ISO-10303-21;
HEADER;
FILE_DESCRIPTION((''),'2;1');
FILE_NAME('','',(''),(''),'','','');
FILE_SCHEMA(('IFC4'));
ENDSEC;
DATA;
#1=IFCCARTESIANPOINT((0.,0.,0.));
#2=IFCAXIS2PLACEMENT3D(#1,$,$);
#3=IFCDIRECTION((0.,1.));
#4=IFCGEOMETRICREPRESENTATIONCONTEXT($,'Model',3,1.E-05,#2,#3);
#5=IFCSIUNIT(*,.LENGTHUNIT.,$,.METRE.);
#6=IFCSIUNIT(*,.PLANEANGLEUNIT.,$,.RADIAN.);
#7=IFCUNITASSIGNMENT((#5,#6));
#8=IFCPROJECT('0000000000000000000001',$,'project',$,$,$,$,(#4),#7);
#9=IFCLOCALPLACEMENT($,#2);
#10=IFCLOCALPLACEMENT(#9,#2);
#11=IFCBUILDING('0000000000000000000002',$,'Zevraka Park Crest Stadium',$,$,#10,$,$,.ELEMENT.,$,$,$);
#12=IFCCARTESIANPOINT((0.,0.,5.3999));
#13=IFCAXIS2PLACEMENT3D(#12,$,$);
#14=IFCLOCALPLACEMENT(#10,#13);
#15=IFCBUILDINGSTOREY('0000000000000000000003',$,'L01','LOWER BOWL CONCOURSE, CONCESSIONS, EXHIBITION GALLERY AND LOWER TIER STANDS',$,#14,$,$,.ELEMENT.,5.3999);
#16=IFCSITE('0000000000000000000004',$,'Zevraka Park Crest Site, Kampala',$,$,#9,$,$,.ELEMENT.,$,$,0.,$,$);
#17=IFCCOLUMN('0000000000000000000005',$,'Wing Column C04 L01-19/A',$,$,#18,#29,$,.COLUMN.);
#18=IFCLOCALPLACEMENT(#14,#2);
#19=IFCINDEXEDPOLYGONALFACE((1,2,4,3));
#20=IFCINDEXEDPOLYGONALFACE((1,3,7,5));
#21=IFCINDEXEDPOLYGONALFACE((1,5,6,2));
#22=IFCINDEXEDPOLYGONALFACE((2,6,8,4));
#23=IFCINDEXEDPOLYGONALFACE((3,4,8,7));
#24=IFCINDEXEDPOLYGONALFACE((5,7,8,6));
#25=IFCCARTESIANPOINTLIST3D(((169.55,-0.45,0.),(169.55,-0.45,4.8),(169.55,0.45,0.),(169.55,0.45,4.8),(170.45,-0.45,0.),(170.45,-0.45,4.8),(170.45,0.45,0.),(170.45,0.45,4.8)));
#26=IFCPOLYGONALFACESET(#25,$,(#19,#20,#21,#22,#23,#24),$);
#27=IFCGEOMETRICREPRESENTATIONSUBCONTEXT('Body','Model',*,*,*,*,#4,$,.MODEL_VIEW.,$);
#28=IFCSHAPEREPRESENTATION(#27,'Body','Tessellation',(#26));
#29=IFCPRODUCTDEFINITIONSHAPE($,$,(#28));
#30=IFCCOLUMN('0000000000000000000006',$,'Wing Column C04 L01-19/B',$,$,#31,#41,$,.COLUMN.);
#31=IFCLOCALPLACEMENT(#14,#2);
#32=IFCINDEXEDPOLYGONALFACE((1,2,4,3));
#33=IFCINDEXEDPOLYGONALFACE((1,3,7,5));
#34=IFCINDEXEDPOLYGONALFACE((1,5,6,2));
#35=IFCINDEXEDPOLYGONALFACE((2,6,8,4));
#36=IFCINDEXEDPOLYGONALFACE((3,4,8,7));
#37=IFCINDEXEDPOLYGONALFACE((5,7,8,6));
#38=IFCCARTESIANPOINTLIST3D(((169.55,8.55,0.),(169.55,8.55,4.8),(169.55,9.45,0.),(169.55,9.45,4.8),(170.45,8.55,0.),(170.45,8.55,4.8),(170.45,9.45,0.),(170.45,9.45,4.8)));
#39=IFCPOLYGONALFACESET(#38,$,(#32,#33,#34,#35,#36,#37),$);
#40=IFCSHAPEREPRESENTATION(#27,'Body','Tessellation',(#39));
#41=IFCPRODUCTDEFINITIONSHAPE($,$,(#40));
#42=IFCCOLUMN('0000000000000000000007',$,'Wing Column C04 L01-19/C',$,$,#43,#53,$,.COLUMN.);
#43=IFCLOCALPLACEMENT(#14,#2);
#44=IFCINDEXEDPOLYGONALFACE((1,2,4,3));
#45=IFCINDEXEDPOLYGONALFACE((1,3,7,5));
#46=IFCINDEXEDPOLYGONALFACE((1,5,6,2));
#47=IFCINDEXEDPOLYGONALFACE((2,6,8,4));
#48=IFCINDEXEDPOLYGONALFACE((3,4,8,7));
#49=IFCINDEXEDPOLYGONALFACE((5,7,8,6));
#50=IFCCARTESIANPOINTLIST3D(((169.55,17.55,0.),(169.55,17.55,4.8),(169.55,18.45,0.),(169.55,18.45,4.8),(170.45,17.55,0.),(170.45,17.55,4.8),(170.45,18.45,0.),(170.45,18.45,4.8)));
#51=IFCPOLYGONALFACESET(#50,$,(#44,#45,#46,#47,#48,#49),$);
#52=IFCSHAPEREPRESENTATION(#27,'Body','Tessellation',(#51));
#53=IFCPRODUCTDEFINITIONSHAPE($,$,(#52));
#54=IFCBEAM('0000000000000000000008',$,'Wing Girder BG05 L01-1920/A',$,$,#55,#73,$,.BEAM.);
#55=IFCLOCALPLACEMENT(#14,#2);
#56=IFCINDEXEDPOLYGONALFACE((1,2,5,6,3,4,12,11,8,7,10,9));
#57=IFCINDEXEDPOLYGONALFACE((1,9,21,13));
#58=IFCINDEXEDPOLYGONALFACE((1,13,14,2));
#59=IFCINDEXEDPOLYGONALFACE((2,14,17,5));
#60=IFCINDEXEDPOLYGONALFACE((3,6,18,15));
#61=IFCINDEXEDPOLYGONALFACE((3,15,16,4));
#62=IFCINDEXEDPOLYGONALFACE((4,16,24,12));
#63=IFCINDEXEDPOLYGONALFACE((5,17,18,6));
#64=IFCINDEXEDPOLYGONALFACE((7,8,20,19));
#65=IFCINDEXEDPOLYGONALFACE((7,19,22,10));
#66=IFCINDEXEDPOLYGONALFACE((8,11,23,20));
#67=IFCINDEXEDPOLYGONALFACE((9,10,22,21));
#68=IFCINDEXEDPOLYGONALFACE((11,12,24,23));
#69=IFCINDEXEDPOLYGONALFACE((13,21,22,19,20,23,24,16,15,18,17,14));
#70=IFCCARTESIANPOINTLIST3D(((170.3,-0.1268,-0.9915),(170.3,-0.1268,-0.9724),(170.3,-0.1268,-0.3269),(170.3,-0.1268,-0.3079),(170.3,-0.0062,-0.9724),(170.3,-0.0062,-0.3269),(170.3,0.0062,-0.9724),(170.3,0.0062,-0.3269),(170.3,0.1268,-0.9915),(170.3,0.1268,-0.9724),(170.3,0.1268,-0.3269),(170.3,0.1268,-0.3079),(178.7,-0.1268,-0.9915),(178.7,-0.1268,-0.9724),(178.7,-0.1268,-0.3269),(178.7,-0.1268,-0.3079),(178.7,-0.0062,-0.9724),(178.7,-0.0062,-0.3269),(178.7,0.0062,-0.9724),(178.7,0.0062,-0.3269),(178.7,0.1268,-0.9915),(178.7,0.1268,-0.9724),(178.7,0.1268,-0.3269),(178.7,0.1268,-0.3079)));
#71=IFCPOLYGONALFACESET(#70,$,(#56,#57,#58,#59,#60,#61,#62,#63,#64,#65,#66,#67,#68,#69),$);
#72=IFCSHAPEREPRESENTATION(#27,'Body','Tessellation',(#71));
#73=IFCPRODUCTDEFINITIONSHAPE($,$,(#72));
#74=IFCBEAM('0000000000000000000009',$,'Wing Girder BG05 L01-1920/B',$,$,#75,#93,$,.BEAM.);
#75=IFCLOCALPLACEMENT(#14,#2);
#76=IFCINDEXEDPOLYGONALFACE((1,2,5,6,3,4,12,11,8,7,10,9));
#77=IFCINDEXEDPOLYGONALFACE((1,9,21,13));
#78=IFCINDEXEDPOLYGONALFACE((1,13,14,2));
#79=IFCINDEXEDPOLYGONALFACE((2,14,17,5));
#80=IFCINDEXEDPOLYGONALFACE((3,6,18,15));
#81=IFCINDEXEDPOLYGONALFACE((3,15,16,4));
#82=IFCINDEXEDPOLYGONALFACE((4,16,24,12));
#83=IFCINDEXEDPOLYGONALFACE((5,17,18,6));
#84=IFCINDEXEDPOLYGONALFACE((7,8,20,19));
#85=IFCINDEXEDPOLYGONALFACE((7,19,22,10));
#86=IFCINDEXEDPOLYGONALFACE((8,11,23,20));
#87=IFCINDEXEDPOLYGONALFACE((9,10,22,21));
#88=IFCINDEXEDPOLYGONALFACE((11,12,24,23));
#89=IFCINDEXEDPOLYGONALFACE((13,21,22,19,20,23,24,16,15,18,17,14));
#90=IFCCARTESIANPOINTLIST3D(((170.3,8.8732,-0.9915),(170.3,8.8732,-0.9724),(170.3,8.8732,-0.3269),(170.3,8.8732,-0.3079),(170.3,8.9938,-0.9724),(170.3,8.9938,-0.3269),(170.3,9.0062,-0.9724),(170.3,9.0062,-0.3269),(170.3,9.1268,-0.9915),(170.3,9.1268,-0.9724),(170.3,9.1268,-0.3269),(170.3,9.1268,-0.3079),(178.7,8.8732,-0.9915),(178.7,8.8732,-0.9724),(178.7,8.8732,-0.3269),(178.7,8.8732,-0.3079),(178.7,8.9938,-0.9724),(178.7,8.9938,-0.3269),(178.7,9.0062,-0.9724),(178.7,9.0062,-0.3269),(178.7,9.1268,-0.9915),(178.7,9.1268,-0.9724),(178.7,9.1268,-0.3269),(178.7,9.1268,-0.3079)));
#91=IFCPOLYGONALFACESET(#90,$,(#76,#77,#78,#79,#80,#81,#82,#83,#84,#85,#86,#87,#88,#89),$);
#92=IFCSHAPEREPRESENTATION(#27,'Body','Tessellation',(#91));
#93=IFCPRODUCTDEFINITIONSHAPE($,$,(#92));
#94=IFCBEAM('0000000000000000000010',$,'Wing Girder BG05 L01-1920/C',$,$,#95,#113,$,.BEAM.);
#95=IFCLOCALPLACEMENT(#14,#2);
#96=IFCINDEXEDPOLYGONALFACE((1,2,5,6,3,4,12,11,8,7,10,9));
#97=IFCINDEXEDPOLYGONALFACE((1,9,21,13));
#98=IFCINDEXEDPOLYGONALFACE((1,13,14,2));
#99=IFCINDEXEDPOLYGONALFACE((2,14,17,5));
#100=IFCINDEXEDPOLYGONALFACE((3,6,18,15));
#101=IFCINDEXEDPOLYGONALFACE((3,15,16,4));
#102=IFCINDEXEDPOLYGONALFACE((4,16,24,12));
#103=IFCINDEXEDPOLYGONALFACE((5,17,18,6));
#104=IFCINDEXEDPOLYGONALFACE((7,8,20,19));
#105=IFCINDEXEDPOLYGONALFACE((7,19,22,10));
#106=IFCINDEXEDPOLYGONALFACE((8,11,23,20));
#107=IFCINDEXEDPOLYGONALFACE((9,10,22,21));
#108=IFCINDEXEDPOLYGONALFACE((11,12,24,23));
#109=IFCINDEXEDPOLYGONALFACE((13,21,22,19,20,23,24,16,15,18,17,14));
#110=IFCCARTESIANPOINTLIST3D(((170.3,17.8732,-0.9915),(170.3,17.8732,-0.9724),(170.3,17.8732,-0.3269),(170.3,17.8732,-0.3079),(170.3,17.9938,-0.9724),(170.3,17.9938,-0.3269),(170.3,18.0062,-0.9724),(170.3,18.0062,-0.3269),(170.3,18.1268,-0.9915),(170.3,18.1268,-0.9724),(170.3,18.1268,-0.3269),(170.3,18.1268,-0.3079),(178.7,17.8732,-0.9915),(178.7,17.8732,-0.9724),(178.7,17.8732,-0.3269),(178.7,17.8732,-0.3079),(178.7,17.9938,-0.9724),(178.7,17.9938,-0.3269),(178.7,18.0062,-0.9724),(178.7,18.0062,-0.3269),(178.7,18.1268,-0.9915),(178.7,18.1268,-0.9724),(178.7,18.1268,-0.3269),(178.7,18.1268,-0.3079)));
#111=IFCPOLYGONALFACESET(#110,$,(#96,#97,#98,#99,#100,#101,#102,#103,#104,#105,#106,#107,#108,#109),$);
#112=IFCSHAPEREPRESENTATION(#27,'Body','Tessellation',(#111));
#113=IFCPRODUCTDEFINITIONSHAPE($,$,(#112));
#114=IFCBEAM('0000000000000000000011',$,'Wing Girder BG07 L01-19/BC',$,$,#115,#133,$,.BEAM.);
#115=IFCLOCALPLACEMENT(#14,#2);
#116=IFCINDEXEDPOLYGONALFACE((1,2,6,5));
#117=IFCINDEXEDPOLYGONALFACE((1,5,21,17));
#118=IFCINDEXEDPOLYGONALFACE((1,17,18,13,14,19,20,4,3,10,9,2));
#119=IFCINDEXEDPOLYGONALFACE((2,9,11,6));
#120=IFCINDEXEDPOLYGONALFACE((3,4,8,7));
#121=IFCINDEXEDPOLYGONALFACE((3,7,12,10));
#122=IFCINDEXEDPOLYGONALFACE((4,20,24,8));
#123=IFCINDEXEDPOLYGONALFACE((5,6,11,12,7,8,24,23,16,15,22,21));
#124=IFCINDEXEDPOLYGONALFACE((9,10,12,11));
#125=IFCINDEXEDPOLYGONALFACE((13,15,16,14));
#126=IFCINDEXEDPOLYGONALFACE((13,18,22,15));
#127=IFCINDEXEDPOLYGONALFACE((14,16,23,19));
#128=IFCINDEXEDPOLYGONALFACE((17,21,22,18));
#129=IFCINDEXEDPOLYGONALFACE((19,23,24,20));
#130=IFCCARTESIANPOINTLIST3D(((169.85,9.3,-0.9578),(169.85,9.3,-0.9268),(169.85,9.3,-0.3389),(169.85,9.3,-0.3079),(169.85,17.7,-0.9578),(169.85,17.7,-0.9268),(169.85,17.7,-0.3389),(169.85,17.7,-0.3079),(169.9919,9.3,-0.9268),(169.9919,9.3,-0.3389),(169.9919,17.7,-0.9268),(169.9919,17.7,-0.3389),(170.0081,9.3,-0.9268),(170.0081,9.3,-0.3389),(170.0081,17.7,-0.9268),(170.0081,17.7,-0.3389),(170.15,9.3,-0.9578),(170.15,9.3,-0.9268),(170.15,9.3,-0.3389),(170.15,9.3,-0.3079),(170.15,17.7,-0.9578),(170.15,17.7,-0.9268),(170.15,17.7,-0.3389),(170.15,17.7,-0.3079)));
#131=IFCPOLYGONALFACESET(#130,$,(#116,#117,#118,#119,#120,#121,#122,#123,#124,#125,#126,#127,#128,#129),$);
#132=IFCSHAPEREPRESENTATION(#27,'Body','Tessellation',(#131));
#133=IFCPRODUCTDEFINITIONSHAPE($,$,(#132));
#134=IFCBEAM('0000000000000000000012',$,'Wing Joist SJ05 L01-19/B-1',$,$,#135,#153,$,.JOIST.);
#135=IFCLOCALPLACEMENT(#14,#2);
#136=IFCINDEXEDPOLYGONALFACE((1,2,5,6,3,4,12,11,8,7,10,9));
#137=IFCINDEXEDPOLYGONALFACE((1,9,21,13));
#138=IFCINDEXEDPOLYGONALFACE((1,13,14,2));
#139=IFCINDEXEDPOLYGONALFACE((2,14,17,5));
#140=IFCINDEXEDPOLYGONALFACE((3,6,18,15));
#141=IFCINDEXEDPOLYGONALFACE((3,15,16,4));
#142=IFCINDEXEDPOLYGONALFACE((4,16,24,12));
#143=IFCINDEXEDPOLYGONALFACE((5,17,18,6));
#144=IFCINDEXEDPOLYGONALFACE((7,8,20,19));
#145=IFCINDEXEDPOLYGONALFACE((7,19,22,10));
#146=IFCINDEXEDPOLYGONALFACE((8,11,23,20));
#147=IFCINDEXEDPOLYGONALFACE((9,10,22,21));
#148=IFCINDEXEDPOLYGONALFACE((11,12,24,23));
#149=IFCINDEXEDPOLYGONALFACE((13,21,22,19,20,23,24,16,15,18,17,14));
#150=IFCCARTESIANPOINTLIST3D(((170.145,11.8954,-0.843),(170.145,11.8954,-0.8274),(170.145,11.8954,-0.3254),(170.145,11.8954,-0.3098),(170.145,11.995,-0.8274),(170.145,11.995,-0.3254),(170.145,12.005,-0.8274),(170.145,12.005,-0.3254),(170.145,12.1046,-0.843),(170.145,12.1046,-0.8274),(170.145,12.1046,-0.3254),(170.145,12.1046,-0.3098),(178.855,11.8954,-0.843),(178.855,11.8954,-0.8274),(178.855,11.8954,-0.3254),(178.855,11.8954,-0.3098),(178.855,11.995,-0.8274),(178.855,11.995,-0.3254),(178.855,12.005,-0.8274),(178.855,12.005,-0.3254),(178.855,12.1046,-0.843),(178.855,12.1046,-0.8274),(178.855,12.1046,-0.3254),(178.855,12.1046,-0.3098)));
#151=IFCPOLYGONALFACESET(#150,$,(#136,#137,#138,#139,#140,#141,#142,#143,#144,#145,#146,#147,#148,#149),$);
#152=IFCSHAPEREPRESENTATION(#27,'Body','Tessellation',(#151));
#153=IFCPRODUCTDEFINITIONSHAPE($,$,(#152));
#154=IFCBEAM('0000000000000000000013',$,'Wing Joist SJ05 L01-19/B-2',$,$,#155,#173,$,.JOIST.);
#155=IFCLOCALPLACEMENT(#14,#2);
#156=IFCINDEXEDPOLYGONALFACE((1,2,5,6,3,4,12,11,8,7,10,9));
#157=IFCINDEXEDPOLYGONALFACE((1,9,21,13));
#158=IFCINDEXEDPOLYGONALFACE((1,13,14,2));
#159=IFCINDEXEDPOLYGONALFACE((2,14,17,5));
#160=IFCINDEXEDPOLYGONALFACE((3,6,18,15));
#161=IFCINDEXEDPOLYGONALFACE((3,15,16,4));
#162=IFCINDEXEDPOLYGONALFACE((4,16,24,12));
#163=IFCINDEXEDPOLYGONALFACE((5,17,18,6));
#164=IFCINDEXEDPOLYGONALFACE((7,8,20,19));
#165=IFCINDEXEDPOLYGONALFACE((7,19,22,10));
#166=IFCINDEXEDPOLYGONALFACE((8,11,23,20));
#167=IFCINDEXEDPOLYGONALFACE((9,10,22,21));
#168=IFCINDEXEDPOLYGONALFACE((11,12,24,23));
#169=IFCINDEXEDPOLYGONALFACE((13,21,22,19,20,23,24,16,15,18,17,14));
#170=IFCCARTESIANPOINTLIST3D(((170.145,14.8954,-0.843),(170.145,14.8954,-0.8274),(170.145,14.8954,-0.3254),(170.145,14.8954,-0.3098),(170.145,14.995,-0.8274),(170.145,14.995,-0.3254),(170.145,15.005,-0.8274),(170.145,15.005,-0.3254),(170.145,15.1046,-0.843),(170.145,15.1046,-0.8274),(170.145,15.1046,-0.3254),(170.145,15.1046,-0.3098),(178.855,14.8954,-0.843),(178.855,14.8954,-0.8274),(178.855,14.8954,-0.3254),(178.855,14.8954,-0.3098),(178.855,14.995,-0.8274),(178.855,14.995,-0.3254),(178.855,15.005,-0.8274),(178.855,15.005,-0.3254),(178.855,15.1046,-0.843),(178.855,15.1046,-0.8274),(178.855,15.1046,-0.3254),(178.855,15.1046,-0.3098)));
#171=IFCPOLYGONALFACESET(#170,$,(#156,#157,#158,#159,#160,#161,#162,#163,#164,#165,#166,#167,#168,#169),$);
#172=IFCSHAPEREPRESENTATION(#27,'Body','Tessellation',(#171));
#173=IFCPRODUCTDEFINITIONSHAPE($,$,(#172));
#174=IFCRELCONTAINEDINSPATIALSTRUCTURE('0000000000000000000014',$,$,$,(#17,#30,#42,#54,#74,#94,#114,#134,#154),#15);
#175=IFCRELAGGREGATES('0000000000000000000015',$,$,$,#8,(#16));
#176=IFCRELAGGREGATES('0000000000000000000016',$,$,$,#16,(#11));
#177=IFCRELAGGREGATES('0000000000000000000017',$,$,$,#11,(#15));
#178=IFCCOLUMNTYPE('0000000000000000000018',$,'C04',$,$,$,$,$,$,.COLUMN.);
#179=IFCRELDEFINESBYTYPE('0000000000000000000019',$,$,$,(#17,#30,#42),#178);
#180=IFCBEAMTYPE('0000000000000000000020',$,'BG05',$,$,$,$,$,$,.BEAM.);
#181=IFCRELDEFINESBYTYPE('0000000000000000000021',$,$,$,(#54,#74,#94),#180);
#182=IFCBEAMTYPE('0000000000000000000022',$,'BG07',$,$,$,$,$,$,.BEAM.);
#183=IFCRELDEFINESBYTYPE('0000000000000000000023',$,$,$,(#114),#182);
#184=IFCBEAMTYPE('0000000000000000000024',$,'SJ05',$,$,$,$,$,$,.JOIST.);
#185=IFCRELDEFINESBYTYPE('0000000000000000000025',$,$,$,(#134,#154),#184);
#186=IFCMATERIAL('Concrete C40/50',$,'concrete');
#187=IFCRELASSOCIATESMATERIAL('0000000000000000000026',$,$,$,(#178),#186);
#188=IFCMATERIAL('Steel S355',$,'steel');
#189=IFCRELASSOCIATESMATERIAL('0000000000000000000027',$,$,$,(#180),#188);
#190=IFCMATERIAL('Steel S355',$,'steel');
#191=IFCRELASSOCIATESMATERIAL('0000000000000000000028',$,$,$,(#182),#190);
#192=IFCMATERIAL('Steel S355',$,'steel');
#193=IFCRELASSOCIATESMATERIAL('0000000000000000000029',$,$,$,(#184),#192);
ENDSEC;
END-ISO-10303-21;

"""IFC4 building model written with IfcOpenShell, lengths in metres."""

from ifc_helpers import new_model, si_unit, direction, frame, origin, origin_2d, place, context, subcontext, project, spatial, rectangle, i_section, extrude, material, material_profile, profile_set, type_object, element, save


model = new_model("IFC4")

# Units and contexts
model_context = context("Model", 3, precision=1e-05, world=origin(), true_north=direction((0.0, 1.0)))
body_context = subcontext(model_context, "Body", "Model", "MODEL_VIEW")
ifc_project = project(units=[si_unit("LENGTHUNIT", "METRE"), si_unit("PLANEANGLEUNIT", "RADIAN")], contexts=[model_context])

# Site, building, storey
site_placement = place(None, origin())
site = spatial("IfcSite", under=ifc_project, at=site_placement, Name="Zevraka Park Crest Site, Kampala", CompositionType="ELEMENT", RefElevation=0.0)
building_placement = place(site_placement, origin())
building = spatial("IfcBuilding", under=site, at=building_placement, Name="Zevraka Park Crest Stadium", CompositionType="ELEMENT")
storey_placement = place(building_placement, frame((0.0, 0.0, 5.3999)))
storey = spatial("IfcBuildingStorey", under=building, at=storey_placement, Name="L01", Description="LOWER BOWL CONCOURSE, CONCESSIONS, EXHIBITION GALLERY AND LOWER TIER STANDS", CompositionType="ELEMENT", Elevation=5.3999)

# Columns
ifc_material_1 = material(Name="Concrete C40/50", Category="concrete")
ifc_material_profile_1 = material_profile(ifc_material_1, rectangle(XDim=0.8999, YDim=0.8999, at=origin_2d()), Name="RC 900x900")
ifc_profile_set_1 = profile_set([ifc_material_profile_1], Name="Concrete C40/50")
column_type = type_object("IfcColumnType", Name="C04", PredefinedType="COLUMN", material=ifc_profile_set_1)
for number, where, z_axis, x_axis, name in (
    (1, (170.0, 0.0, 0.0), (0.0, 0.0, 1.0), (1.0, 0.0, 0.0), "Wing Column C04 L01-19/A"),
    (2, (170.0, 9.0, 0.0), (0.0, 0.0, 1.0), (1.0, 0.0, 0.0), "Wing Column C04 L01-19/B"),
    (3, (170.0, 18.0, 0.0), (0.0, 0.0, 1.0), (1.0, 0.0, 0.0), "Wing Column C04 L01-19/C"),
):
    element("IfcColumn", number, at=place(storey_placement, frame(where, z_axis=z_axis, x_axis=x_axis)), inside=storey, type_object=column_type, Name=name, PredefinedType="COLUMN", context=body_context, shape_type="SweptSolid", body=[
        extrude(rectangle(XDim=0.8999, YDim=0.8999, at=origin_2d()), origin(), (0.0, 0.0, 1.0), 4.8),
    ])

# Beams
ifc_material_2 = material(Name="Steel S355", Category="steel")
ifc_material_profile_2 = material_profile(ifc_material_2, i_section(OverallWidth=0.2537, OverallDepth=0.6836, WebThickness=0.0125, FlangeThickness=0.019, at=origin_2d()), Name="UKB 686x254x140")
ifc_profile_set_2 = profile_set([ifc_material_profile_2], Name="Steel S355")
beam_type_1 = type_object("IfcBeamType", Name="BG05", PredefinedType="BEAM", material=ifc_profile_set_2)
for number, where, z_axis, x_axis, name in (
    (4, (170.3, 0.0, -0.6497), (1.0, 0.0, 0.0), (0.0, 1.0, 0.0), "Wing Girder BG05 L01-1920/A"),
    (5, (170.3, 9.0, -0.6497), (1.0, 0.0, 0.0), (0.0, 1.0, 0.0), "Wing Girder BG05 L01-1920/B"),
    (6, (170.3, 18.0, -0.6497), (1.0, 0.0, 0.0), (0.0, 1.0, 0.0), "Wing Girder BG05 L01-1920/C"),
):
    element("IfcBeam", number, at=place(storey_placement, frame(where, z_axis=z_axis, x_axis=x_axis)), inside=storey, type_object=beam_type_1, Name=name, PredefinedType="BEAM", context=body_context, shape_type="SweptSolid", body=[
        extrude(i_section(OverallWidth=0.2537, OverallDepth=0.6836, WebThickness=0.0125, FlangeThickness=0.019, at=origin_2d()), origin(), (0.0, 0.0, 1.0), 8.3999),
    ])
ifc_material_3 = material(Name="Steel S355", Category="steel")
ifc_material_profile_3 = material_profile(ifc_material_3, i_section(OverallWidth=0.3, OverallDepth=0.6499, WebThickness=0.0161, FlangeThickness=0.031, at=origin_2d()), Name="HEB 650")
ifc_profile_set_3 = profile_set([ifc_material_profile_3], Name="Steel S355")
beam_type_2 = type_object("IfcBeamType", Name="BG07", PredefinedType="BEAM", material=ifc_profile_set_3)
beam_placement = place(storey_placement, frame((170.0, 9.3, -0.6328), z_axis=(0.0, 1.0, 0.0), x_axis=(-1.0, 0.0, 0.0)))
element("IfcBeam", 7, at=beam_placement, inside=storey, type_object=beam_type_2, Name="Wing Girder BG07 L01-19/BC", PredefinedType="BEAM", context=body_context, shape_type="SweptSolid", body=[
    extrude(i_section(OverallWidth=0.3, OverallDepth=0.6499, WebThickness=0.0161, FlangeThickness=0.031, at=origin_2d()), origin(), (0.0, 0.0, 1.0), 8.3999),
])
ifc_material_4 = material(Name="Steel S355", Category="steel")
ifc_material_profile_4 = material_profile(ifc_material_4, i_section(OverallWidth=0.2092, OverallDepth=0.5332, WebThickness=0.01, FlangeThickness=0.0156, at=origin_2d()), Name="UKB 533x210x92")
ifc_profile_set_4 = profile_set([ifc_material_profile_4], Name="Steel S355")
beam_type_3 = type_object("IfcBeamType", Name="SJ05", PredefinedType="JOIST", material=ifc_profile_set_4)
for number, where, z_axis, x_axis, name in (
    (8, (170.145, 12.0, -0.5764), (1.0, 0.0, 0.0), (0.0, 1.0, 0.0), "Wing Joist SJ05 L01-19/B-1"),
    (9, (170.145, 15.0, -0.5764), (1.0, 0.0, 0.0), (0.0, 1.0, 0.0), "Wing Joist SJ05 L01-19/B-2"),
):
    element("IfcBeam", number, at=place(storey_placement, frame(where, z_axis=z_axis, x_axis=x_axis)), inside=storey, type_object=beam_type_3, Name=name, PredefinedType="JOIST", context=body_context, shape_type="SweptSolid", body=[
        extrude(i_section(OverallWidth=0.2092, OverallDepth=0.5332, WebThickness=0.01, FlangeThickness=0.0156, at=origin_2d()), origin(), (0.0, 0.0, 1.0), 8.71),
    ])

save(model, "model.ifc")
